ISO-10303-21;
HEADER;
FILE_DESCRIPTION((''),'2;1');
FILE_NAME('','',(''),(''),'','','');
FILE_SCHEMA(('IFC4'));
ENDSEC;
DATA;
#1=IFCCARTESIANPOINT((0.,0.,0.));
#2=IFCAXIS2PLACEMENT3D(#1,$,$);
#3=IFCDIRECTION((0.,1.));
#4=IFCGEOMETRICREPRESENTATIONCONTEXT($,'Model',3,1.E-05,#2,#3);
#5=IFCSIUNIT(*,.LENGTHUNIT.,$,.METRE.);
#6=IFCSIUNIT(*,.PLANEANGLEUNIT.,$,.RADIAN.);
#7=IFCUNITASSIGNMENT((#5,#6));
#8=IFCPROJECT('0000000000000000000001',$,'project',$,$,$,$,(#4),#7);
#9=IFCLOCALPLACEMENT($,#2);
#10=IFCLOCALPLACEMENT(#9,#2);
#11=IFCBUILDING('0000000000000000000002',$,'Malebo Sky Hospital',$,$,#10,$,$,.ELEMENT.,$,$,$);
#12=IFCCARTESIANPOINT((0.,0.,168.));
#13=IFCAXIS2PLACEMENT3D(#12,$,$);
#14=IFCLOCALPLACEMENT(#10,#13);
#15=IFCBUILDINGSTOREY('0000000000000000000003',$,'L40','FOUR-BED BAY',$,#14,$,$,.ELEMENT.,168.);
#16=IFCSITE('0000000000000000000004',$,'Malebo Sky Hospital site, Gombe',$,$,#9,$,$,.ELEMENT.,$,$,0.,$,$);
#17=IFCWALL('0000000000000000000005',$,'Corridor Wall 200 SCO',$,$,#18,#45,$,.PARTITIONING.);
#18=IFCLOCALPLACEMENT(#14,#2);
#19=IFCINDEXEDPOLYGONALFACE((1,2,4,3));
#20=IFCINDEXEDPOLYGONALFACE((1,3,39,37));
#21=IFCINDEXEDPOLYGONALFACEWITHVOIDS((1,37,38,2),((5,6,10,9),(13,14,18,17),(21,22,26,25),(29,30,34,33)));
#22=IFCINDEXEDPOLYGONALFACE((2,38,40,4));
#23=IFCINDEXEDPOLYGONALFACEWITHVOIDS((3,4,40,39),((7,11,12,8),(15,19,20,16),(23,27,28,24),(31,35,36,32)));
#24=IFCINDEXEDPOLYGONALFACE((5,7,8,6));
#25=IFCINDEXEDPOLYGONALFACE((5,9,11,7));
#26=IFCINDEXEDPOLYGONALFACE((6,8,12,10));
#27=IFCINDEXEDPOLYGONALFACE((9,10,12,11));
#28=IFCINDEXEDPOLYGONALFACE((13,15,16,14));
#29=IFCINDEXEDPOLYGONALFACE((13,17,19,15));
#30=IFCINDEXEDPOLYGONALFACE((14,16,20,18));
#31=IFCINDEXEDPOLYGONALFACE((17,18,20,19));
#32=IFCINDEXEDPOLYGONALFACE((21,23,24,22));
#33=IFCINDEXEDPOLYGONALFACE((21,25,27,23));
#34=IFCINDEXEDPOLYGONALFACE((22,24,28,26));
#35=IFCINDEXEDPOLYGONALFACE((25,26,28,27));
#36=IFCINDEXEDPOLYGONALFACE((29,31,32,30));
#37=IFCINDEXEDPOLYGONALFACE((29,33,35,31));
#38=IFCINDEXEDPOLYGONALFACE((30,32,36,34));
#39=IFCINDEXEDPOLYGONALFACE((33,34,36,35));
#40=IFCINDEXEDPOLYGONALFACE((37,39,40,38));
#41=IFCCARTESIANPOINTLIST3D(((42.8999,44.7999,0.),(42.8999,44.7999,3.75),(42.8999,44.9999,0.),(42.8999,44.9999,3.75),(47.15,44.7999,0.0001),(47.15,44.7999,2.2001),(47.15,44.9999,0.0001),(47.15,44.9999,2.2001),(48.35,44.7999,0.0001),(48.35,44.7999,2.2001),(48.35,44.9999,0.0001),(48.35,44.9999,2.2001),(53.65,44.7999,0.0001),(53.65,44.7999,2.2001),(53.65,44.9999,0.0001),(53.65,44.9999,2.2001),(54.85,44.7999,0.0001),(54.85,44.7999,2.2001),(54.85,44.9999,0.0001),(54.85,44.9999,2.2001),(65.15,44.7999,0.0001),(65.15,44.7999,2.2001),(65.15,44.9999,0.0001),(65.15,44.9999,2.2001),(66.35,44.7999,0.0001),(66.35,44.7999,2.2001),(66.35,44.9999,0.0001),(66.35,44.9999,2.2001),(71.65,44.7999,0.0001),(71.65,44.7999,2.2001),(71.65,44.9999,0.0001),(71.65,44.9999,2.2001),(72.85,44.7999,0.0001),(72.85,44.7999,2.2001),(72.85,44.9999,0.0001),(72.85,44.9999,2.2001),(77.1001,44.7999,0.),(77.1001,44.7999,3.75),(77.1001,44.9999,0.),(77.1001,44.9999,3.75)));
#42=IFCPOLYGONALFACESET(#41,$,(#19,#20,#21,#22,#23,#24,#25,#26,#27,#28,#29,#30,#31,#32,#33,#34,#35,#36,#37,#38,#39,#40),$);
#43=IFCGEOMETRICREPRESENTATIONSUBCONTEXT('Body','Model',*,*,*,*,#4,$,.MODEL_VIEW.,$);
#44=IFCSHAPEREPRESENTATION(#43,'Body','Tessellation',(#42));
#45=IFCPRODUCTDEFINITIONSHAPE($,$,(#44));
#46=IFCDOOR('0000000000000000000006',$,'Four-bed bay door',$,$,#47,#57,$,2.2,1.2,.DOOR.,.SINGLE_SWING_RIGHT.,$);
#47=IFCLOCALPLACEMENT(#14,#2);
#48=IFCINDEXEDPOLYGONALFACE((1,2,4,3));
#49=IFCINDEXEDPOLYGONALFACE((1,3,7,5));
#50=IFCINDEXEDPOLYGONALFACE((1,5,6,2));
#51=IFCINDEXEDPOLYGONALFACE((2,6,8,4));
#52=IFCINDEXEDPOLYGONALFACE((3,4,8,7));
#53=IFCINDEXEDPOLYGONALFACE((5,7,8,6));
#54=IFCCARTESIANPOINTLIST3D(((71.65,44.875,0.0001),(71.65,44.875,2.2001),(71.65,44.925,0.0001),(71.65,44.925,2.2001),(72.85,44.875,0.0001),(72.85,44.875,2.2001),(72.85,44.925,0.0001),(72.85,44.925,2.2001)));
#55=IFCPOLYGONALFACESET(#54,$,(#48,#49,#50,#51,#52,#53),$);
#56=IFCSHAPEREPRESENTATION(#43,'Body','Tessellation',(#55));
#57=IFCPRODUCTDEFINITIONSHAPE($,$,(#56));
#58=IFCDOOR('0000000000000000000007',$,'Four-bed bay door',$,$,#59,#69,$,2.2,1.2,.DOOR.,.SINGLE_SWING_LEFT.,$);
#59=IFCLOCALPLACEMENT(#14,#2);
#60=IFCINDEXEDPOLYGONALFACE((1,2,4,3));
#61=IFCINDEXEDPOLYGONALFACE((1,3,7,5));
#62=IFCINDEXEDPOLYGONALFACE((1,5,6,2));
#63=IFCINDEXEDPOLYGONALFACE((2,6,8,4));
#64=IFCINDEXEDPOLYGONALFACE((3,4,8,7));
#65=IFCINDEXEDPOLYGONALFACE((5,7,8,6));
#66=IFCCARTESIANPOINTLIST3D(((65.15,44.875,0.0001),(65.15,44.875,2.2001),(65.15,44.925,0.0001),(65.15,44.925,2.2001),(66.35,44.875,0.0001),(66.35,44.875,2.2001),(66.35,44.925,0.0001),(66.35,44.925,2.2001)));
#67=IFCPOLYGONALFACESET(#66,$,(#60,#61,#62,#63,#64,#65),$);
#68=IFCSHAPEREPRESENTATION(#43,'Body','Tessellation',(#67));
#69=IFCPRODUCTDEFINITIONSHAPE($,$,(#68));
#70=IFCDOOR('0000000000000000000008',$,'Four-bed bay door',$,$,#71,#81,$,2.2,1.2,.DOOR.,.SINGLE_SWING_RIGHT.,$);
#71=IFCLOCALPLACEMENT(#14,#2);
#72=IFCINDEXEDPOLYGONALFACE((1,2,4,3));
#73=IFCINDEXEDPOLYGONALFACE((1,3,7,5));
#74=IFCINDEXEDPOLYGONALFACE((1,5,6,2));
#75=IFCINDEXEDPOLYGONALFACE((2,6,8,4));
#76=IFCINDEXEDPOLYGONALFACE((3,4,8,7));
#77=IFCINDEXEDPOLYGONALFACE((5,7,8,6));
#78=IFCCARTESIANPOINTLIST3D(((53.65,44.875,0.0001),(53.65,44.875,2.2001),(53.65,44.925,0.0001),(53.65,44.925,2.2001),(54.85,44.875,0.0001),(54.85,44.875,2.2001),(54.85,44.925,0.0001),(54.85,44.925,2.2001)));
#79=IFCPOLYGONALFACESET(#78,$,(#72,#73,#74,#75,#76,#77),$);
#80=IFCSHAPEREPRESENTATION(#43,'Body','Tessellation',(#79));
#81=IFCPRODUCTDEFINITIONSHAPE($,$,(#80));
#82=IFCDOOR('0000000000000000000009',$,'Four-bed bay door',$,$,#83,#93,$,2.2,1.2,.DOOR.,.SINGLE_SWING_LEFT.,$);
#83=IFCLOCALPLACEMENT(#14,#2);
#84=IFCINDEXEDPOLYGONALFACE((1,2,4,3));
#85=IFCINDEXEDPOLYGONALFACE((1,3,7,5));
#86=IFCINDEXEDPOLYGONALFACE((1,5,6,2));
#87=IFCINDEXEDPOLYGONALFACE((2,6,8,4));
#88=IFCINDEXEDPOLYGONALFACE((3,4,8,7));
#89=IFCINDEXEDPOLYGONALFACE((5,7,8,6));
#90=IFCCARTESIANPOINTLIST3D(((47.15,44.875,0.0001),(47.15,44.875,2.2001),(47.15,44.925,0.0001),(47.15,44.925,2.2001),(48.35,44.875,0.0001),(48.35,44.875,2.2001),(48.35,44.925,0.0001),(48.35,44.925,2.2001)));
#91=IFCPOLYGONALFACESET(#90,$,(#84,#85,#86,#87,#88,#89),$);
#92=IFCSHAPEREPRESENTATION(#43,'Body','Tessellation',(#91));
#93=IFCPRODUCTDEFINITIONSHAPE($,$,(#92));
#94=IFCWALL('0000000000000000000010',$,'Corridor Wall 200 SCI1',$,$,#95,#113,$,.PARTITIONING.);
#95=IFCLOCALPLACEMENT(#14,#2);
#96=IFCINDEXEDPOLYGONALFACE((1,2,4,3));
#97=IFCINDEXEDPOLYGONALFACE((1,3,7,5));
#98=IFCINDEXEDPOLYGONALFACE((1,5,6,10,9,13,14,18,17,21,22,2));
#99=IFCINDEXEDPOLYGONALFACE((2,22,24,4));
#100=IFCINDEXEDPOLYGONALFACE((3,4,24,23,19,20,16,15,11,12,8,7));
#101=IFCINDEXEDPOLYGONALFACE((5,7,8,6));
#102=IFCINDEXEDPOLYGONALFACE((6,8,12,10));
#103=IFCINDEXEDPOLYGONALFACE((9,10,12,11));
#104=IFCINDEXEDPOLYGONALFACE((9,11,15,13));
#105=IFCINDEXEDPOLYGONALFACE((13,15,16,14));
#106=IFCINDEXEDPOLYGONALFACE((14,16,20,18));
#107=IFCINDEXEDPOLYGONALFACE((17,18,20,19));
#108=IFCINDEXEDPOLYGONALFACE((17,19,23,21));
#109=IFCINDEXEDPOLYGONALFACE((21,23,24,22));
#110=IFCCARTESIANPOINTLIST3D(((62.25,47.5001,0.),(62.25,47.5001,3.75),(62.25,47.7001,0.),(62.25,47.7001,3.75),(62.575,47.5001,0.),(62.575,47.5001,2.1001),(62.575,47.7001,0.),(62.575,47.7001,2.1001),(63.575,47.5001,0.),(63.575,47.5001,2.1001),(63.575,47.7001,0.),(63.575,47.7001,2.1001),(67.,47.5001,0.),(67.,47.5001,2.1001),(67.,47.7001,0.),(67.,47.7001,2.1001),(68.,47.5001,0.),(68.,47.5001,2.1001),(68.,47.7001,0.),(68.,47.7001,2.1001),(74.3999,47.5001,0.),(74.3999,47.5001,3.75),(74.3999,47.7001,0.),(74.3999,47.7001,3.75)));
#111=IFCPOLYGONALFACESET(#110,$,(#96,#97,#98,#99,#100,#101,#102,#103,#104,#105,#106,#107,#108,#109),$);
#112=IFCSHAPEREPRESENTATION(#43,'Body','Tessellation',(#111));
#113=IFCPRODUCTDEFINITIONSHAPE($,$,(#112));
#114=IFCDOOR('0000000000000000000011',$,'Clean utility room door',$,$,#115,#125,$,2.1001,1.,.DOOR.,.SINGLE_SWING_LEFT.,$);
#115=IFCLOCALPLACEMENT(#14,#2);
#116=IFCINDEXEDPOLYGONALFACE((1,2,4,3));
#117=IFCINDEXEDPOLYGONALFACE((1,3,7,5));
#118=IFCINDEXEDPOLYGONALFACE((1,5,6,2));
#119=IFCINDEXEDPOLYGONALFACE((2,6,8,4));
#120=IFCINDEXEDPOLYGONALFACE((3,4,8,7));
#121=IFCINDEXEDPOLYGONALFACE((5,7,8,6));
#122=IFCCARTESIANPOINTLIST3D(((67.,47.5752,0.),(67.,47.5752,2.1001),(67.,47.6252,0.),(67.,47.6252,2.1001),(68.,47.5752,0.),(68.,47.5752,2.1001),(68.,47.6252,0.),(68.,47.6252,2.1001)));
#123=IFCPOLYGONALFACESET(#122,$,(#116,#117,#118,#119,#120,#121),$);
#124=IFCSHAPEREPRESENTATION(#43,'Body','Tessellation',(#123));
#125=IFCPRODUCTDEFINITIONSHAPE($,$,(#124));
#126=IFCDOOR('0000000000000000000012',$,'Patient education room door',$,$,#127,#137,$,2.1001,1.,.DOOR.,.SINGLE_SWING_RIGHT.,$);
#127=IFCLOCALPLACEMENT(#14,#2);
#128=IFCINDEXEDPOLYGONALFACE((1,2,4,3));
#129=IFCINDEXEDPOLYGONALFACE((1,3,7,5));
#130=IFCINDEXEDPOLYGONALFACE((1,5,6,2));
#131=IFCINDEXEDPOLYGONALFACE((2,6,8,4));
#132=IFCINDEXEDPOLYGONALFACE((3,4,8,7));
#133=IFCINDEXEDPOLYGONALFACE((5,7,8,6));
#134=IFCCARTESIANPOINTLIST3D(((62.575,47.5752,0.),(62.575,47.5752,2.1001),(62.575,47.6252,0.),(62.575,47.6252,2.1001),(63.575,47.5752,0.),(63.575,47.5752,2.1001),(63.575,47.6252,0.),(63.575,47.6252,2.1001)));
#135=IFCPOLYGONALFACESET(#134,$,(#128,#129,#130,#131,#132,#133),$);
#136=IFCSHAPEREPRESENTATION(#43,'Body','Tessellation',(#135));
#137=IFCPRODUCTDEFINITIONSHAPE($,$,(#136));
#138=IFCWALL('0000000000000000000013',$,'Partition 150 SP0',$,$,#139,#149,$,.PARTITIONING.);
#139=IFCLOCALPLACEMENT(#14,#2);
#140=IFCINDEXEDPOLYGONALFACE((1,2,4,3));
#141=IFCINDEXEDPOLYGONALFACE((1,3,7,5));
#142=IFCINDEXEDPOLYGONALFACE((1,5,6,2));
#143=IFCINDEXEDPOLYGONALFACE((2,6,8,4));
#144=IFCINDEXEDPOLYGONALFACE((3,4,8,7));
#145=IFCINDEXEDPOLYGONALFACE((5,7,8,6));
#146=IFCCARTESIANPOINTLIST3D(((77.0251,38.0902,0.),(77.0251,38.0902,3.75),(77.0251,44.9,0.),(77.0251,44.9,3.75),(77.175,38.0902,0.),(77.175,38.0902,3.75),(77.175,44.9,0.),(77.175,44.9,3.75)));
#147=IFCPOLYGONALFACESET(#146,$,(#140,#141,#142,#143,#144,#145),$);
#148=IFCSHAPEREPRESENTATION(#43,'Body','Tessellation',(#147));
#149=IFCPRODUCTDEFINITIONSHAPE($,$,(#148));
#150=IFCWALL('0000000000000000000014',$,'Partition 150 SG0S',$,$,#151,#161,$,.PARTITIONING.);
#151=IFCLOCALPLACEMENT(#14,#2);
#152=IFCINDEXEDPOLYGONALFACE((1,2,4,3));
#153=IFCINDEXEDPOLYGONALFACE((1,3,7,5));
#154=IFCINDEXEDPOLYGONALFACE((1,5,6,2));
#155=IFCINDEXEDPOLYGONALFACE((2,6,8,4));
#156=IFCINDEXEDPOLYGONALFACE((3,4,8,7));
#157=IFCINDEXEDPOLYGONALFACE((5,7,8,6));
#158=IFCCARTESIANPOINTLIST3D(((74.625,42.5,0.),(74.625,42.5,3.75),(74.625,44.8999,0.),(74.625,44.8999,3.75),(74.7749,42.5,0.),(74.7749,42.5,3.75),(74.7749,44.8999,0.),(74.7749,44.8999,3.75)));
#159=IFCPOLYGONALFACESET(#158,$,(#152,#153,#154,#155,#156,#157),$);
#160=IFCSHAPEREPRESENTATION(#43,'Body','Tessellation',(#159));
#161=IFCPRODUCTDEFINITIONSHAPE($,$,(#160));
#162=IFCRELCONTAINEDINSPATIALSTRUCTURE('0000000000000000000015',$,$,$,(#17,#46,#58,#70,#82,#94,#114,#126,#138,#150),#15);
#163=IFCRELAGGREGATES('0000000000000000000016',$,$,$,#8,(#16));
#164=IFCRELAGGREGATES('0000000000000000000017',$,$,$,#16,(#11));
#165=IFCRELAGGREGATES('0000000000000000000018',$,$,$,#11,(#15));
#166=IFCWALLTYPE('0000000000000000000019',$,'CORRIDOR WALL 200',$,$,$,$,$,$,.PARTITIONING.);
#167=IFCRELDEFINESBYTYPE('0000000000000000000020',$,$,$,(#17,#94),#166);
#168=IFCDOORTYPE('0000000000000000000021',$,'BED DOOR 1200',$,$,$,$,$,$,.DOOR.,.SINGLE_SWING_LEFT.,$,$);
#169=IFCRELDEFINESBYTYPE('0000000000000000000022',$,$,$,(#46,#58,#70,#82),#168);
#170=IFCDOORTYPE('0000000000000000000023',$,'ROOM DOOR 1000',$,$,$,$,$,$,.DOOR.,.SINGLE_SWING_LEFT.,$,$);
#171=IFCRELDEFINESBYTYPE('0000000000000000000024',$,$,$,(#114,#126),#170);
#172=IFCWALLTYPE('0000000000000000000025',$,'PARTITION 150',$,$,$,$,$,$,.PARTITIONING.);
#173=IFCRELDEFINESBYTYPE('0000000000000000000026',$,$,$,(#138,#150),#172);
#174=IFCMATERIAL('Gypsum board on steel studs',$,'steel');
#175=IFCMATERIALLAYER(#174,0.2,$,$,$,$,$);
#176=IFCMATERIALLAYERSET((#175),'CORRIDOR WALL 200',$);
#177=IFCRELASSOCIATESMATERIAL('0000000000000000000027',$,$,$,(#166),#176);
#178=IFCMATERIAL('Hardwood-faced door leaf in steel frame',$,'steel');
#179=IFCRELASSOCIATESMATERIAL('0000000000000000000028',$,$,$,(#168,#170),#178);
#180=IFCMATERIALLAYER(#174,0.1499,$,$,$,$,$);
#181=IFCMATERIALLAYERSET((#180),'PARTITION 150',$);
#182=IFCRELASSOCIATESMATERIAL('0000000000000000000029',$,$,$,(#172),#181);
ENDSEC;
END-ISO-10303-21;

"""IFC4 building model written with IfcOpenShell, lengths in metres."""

from ifc_helpers import new_model, si_unit, direction, frame, frame_2d, origin, place, context, subcontext, project, spatial, rectangle, extrude, material, layer, layer_set, type_object, element, fill, save


model = new_model("IFC4")

# Units and contexts
model_context = context("Model", 3, precision=1e-05, world=origin(), true_north=direction((0.0, 1.0)))
body_context = subcontext(model_context, "Body", "Model", "MODEL_VIEW")
ifc_project = project(units=[si_unit("LENGTHUNIT", "METRE"), si_unit("PLANEANGLEUNIT", "RADIAN")], contexts=[model_context])

# Site, building, storey
site_placement = place(None, origin())
site = spatial("IfcSite", under=ifc_project, at=site_placement, Name="Malebo Sky Hospital site, Gombe", CompositionType="ELEMENT", RefElevation=0.0)
building_placement = place(site_placement, origin())
building = spatial("IfcBuilding", under=site, at=building_placement, Name="Malebo Sky Hospital", CompositionType="ELEMENT")
storey_placement = place(building_placement, frame((0.0, 0.0, 168.0)))
storey = spatial("IfcBuildingStorey", under=building, at=storey_placement, Name="L40", Description="FOUR-BED BAY", CompositionType="ELEMENT", Elevation=168.0)

# Walls, openings, doors
ifc_material_1 = material(Name="Gypsum board on steel studs", Category="steel")
ifc_layer_1 = layer(ifc_material_1, 0.2)
ifc_layer_set_1 = layer_set([ifc_layer_1], Name="CORRIDOR WALL 200")
wall_type_1 = type_object("IfcWallType", Name="CORRIDOR WALL 200", PredefinedType="PARTITIONING", material=ifc_layer_set_1)
wall_1_placement = place(storey_placement, frame((77.1001, 44.8999, 0.0), z_axis=(0.0, 0.0, 1.0), x_axis=(-1.0, 0.0, 0.0)))
wall_1 = element("IfcWall", 1, at=wall_1_placement, inside=storey, type_object=wall_type_1, Name="Corridor Wall 200 SCO", PredefinedType="PARTITIONING", context=body_context, shape_type="SweptSolid", body=[
    extrude(rectangle(XDim=34.2002, YDim=0.2, at=frame_2d((17.1001, 0.0))), origin(), (0.0, 0.0, 1.0), 3.75),
])
opening_1_placement = place(wall_1_placement, frame((4.25, 0.0, 0.0)))
opening_1 = element("IfcOpeningElement", 2, at=opening_1_placement, cuts=wall_1, PredefinedType="OPENING", context=body_context, shape_type="SweptSolid", body=[
    extrude(rectangle(XDim=1.2, YDim=2.2, at=frame_2d((0.6001, 1.1001))), frame((0.0, 0.1099, 0.0), z_axis=(0.0, -1.0, 0.0), x_axis=(1.0, 0.0, 0.0)), (0.0, 0.0, 1.0), 0.22),
])
opening_2_placement = place(wall_1_placement, frame((10.75, 0.0, 0.0)))
opening_2 = element("IfcOpeningElement", 3, at=opening_2_placement, cuts=wall_1, PredefinedType="OPENING", context=body_context, shape_type="SweptSolid", body=[
    extrude(rectangle(XDim=1.2, YDim=2.2, at=frame_2d((0.6001, 1.1001))), frame((0.0, 0.1099, 0.0), z_axis=(0.0, -1.0, 0.0), x_axis=(1.0, 0.0, 0.0)), (0.0, 0.0, 1.0), 0.22),
])
opening_3_placement = place(wall_1_placement, frame((22.25, 0.0, 0.0)))
opening_3 = element("IfcOpeningElement", 4, at=opening_3_placement, cuts=wall_1, PredefinedType="OPENING", context=body_context, shape_type="SweptSolid", body=[
    extrude(rectangle(XDim=1.2, YDim=2.2, at=frame_2d((0.6001, 1.1001))), frame((0.0, 0.1099, 0.0), z_axis=(0.0, -1.0, 0.0), x_axis=(1.0, 0.0, 0.0)), (0.0, 0.0, 1.0), 0.22),
])
opening_4_placement = place(wall_1_placement, frame((28.75, 0.0, 0.0)))
opening_4 = element("IfcOpeningElement", 5, at=opening_4_placement, cuts=wall_1, PredefinedType="OPENING", context=body_context, shape_type="SweptSolid", body=[
    extrude(rectangle(XDim=1.2, YDim=2.2, at=frame_2d((0.6001, 1.1001))), frame((0.0, 0.1099, 0.0), z_axis=(0.0, -1.0, 0.0), x_axis=(1.0, 0.0, 0.0)), (0.0, 0.0, 1.0), 0.22),
])
ifc_material_2 = material(Name="Hardwood-faced door leaf in steel frame", Category="steel")
door_type_1 = type_object("IfcDoorType", Name="BED DOOR 1200", OperationType="SINGLE_SWING_LEFT", PredefinedType="DOOR", material=ifc_material_2)
door_1_placement = place(opening_1_placement, origin())
door_1 = element("IfcDoor", 6, at=door_1_placement, inside=storey, type_object=door_type_1, Name="Four-bed bay door", OperationType="SINGLE_SWING_RIGHT", OverallHeight=2.2, OverallWidth=1.2, PredefinedType="DOOR", context=body_context, shape_type="SweptSolid", body=[
    extrude(rectangle(XDim=1.2, YDim=2.2, at=frame_2d((0.6001, 1.1001))), frame((0.0, 0.0249, 0.0), z_axis=(0.0, -1.0, 0.0), x_axis=(1.0, 0.0, 0.0)), (0.0, 0.0, 1.0), 0.05),
])
fill(opening_1, door_1)
door_2_placement = place(opening_2_placement, origin())
door_2 = element("IfcDoor", 7, at=door_2_placement, inside=storey, type_object=door_type_1, Name="Four-bed bay door", OperationType="SINGLE_SWING_LEFT", OverallHeight=2.2, OverallWidth=1.2, PredefinedType="DOOR", context=body_context, shape_type="SweptSolid", body=[
    extrude(rectangle(XDim=1.2, YDim=2.2, at=frame_2d((0.6001, 1.1001))), frame((0.0, 0.0249, 0.0), z_axis=(0.0, -1.0, 0.0), x_axis=(1.0, 0.0, 0.0)), (0.0, 0.0, 1.0), 0.05),
])
fill(opening_2, door_2)
door_3_placement = place(opening_3_placement, origin())
door_3 = element("IfcDoor", 8, at=door_3_placement, inside=storey, type_object=door_type_1, Name="Four-bed bay door", OperationType="SINGLE_SWING_RIGHT", OverallHeight=2.2, OverallWidth=1.2, PredefinedType="DOOR", context=body_context, shape_type="SweptSolid", body=[
    extrude(rectangle(XDim=1.2, YDim=2.2, at=frame_2d((0.6001, 1.1001))), frame((0.0, 0.0249, 0.0), z_axis=(0.0, -1.0, 0.0), x_axis=(1.0, 0.0, 0.0)), (0.0, 0.0, 1.0), 0.05),
])
fill(opening_3, door_3)
door_4_placement = place(opening_4_placement, origin())
door_4 = element("IfcDoor", 9, at=door_4_placement, inside=storey, type_object=door_type_1, Name="Four-bed bay door", OperationType="SINGLE_SWING_LEFT", OverallHeight=2.2, OverallWidth=1.2, PredefinedType="DOOR", context=body_context, shape_type="SweptSolid", body=[
    extrude(rectangle(XDim=1.2, YDim=2.2, at=frame_2d((0.6001, 1.1001))), frame((0.0, 0.0249, 0.0), z_axis=(0.0, -1.0, 0.0), x_axis=(1.0, 0.0, 0.0)), (0.0, 0.0, 1.0), 0.05),
])
fill(opening_4, door_4)
wall_2_placement = place(storey_placement, frame((74.3999, 47.6001, 0.0), z_axis=(0.0, 0.0, 1.0), x_axis=(-1.0, 0.0, 0.0)))
wall_2 = element("IfcWall", 10, at=wall_2_placement, inside=storey, type_object=wall_type_1, Name="Corridor Wall 200 SCI1", PredefinedType="PARTITIONING", context=body_context, shape_type="SweptSolid", body=[
    extrude(rectangle(XDim=12.1499, YDim=0.2, at=frame_2d((6.075, 0.0))), origin(), (0.0, 0.0, 1.0), 3.75),
])
opening_5_placement = place(wall_2_placement, frame((6.3999, 0.0, 0.0)))
opening_5 = element("IfcOpeningElement", 11, at=opening_5_placement, cuts=wall_2, PredefinedType="OPENING", context=body_context, shape_type="SweptSolid", body=[
    extrude(rectangle(XDim=1.0, YDim=2.1001, at=frame_2d((0.5, 1.05))), frame((0.0, 0.1099, 0.0), z_axis=(0.0, -1.0, 0.0), x_axis=(1.0, 0.0, 0.0)), (0.0, 0.0, 1.0), 0.22),
])
opening_6_placement = place(wall_2_placement, frame((10.825, 0.0, 0.0)))
opening_6 = element("IfcOpeningElement", 12, at=opening_6_placement, cuts=wall_2, PredefinedType="OPENING", context=body_context, shape_type="SweptSolid", body=[
    extrude(rectangle(XDim=1.0, YDim=2.1001, at=frame_2d((0.5, 1.05))), frame((0.0, 0.1099, 0.0), z_axis=(0.0, -1.0, 0.0), x_axis=(1.0, 0.0, 0.0)), (0.0, 0.0, 1.0), 0.22),
])
door_type_2 = type_object("IfcDoorType", Name="ROOM DOOR 1000", OperationType="SINGLE_SWING_LEFT", PredefinedType="DOOR", material=ifc_material_2)
door_5_placement = place(opening_5_placement, origin())
door_5 = element("IfcDoor", 13, at=door_5_placement, inside=storey, type_object=door_type_2, Name="Clean utility room door", OperationType="SINGLE_SWING_LEFT", OverallHeight=2.1001, OverallWidth=1.0, PredefinedType="DOOR", context=body_context, shape_type="SweptSolid", body=[
    extrude(rectangle(XDim=1.0, YDim=2.1001, at=frame_2d((0.5, 1.05))), frame((0.0, 0.0249, 0.0), z_axis=(0.0, -1.0, 0.0), x_axis=(1.0, 0.0, 0.0)), (0.0, 0.0, 1.0), 0.05),
])
fill(opening_5, door_5)
door_6_placement = place(opening_6_placement, origin())
door_6 = element("IfcDoor", 14, at=door_6_placement, inside=storey, type_object=door_type_2, Name="Patient education room door", OperationType="SINGLE_SWING_RIGHT", OverallHeight=2.1001, OverallWidth=1.0, PredefinedType="DOOR", context=body_context, shape_type="SweptSolid", body=[
    extrude(rectangle(XDim=1.0, YDim=2.1001, at=frame_2d((0.5, 1.05))), frame((0.0, 0.0249, 0.0), z_axis=(0.0, -1.0, 0.0), x_axis=(1.0, 0.0, 0.0)), (0.0, 0.0, 1.0), 0.05),
])
fill(opening_6, door_6)

# Walls
ifc_layer_2 = layer(ifc_material_1, 0.1499)
ifc_layer_set_2 = layer_set([ifc_layer_2], Name="PARTITION 150")
wall_type_2 = type_object("IfcWallType", Name="PARTITION 150", PredefinedType="PARTITIONING", material=ifc_layer_set_2)
wall_3_placement = place(storey_placement, frame((77.1001, 44.8999, 0.0), z_axis=(0.0, 0.0, 1.0), x_axis=(0.0, -1.0, 0.0)))
element("IfcWall", 15, at=wall_3_placement, inside=storey, type_object=wall_type_2, Name="Partition 150 SP0", PredefinedType="PARTITIONING", context=body_context, shape_type="SweptSolid", body=[
    extrude(rectangle(XDim=6.8098, YDim=0.1499, at=frame_2d((3.4048, 0.0))), origin(), (0.0, 0.0, 1.0), 3.75),
])
wall_4_placement = place(storey_placement, frame((74.7, 44.8999, 0.0), z_axis=(0.0, 0.0, 1.0), x_axis=(0.0, -1.0, 0.0)))
element("IfcWall", 16, at=wall_4_placement, inside=storey, type_object=wall_type_2, Name="Partition 150 SG0S", PredefinedType="PARTITIONING", context=body_context, shape_type="SweptSolid", body=[
    extrude(rectangle(XDim=2.3999, YDim=0.1499, at=frame_2d((1.2, 0.0))), origin(), (0.0, 0.0, 1.0), 3.75),
])

save(model, "model.ifc")
